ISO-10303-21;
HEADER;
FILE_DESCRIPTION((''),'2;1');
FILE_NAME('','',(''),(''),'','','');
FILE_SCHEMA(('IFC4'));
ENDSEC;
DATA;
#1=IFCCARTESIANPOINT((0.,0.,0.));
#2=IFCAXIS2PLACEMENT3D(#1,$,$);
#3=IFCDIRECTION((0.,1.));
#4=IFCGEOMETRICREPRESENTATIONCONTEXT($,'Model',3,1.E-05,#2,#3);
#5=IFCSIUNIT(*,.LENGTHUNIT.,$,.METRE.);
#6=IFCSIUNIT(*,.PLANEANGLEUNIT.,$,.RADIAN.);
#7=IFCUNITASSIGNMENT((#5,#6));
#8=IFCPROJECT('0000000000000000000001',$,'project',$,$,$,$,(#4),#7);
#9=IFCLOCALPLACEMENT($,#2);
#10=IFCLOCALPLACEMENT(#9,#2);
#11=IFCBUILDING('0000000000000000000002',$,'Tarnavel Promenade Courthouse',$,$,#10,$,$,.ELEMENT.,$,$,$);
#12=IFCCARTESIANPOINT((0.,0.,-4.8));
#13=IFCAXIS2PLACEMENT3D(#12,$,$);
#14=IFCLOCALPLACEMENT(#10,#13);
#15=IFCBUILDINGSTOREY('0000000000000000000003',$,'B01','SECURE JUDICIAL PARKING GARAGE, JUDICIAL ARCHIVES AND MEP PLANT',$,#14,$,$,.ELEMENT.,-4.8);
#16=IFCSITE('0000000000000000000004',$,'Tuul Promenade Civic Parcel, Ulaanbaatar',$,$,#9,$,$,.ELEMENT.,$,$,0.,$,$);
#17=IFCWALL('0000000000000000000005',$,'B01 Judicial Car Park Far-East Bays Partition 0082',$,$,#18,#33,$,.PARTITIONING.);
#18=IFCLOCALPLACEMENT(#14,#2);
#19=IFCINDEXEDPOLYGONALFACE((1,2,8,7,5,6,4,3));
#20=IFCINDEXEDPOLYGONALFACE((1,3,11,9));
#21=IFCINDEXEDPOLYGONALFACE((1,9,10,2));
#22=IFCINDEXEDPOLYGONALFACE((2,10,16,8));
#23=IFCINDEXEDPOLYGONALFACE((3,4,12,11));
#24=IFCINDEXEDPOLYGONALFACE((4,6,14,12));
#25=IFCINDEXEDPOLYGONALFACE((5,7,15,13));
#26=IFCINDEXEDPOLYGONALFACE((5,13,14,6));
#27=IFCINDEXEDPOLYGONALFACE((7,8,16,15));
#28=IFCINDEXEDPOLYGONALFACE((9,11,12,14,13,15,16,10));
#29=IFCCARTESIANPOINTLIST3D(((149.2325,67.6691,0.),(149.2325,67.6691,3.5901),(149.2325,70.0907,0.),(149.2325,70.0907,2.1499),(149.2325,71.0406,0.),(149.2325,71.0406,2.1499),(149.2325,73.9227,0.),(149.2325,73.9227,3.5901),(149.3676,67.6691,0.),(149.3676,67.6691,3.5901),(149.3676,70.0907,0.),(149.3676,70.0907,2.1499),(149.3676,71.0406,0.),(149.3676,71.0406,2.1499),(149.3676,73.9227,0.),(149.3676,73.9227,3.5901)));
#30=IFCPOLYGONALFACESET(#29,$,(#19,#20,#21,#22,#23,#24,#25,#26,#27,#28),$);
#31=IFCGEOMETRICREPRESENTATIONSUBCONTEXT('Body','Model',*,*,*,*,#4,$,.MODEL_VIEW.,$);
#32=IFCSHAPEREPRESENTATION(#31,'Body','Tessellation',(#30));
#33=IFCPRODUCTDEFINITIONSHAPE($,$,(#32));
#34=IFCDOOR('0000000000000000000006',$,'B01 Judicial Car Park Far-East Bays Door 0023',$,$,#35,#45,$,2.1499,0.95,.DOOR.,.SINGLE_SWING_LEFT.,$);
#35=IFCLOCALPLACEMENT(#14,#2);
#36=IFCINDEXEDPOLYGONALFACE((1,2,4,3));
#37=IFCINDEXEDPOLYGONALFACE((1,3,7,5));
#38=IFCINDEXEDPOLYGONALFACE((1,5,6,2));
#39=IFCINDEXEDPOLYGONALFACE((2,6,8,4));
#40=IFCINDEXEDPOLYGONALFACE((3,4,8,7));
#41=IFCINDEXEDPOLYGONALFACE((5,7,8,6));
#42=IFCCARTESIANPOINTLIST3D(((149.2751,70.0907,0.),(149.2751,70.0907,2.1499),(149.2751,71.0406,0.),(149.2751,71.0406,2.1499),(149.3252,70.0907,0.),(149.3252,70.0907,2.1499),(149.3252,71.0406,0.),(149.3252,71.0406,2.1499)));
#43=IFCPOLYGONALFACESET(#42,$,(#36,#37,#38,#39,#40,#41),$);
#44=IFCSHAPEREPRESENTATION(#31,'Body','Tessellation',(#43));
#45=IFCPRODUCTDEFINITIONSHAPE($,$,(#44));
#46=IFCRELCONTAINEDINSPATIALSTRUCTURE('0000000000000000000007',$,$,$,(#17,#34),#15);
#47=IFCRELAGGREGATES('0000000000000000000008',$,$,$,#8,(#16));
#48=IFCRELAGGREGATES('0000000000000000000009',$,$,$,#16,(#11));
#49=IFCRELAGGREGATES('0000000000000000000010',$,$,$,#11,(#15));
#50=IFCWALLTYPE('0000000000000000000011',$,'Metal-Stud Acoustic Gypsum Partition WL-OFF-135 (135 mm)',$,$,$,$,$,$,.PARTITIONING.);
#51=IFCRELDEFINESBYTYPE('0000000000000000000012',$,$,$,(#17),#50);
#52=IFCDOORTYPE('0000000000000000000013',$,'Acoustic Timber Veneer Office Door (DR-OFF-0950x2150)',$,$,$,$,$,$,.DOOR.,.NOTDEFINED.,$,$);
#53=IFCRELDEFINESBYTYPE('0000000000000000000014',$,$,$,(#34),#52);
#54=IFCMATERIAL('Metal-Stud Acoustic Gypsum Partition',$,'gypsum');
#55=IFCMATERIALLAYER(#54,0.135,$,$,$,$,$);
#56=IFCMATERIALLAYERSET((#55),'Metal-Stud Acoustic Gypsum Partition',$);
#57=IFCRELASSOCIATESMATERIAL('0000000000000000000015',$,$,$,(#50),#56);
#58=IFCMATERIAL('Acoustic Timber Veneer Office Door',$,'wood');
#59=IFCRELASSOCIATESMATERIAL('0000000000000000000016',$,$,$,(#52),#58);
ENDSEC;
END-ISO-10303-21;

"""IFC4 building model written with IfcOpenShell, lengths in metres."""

from ifc_helpers import new_model, si_unit, direction, frame, frame_2d, origin, place, context, subcontext, project, spatial, rectangle, extrude, material, layer, layer_set, type_object, element, fill, save


model = new_model("IFC4")

# Units and contexts
model_context = context("Model", 3, precision=1e-05, world=origin(), true_north=direction((0.0, 1.0)))
body_context = subcontext(model_context, "Body", "Model", "MODEL_VIEW")
ifc_project = project(units=[si_unit("LENGTHUNIT", "METRE"), si_unit("PLANEANGLEUNIT", "RADIAN")], contexts=[model_context])

# Site, building, storey
site_placement = place(None, origin())
site = spatial("IfcSite", under=ifc_project, at=site_placement, Name="Tuul Promenade Civic Parcel, Ulaanbaatar", CompositionType="ELEMENT", RefElevation=0.0)
building_placement = place(site_placement, origin())
building = spatial("IfcBuilding", under=site, at=building_placement, Name="Tarnavel Promenade Courthouse", CompositionType="ELEMENT")
storey_placement = place(building_placement, frame((0.0, 0.0, -4.8)))
storey = spatial("IfcBuildingStorey", under=building, at=storey_placement, Name="B01", Description="SECURE JUDICIAL PARKING GARAGE, JUDICIAL ARCHIVES AND MEP PLANT", CompositionType="ELEMENT", Elevation=-4.8)

# Shared definitions
ifc_material_1 = material(Name="Metal-Stud Acoustic Gypsum Partition", Category="gypsum")
ifc_layer_1 = layer(ifc_material_1, 0.135)
ifc_layer_set_1 = layer_set([ifc_layer_1], Name="Metal-Stud Acoustic Gypsum Partition")
wall_type_1 = type_object("IfcWallType", Name="Metal-Stud Acoustic Gypsum Partition WL-OFF-135 (135 mm)", PredefinedType="PARTITIONING", material=ifc_layer_set_1)

# Wall, opening, door
wall_1_placement = place(storey_placement, frame((149.3, 67.6689, 0.0), z_axis=(0.0, 0.0, 1.0), x_axis=(0.0, 1.0, 0.0)))
wall_1 = element("IfcWall", 1, at=wall_1_placement, inside=storey, type_object=wall_type_1, Name="B01 Judicial Car Park Far-East Bays Partition 0082", PredefinedType="PARTITIONING", context=body_context, shape_type="SweptSolid", body=[
    extrude(rectangle(XDim=6.2537, YDim=0.135, at=frame_2d((3.127, 0.0))), origin(), (0.0, 0.0, 1.0), 3.5901),
])
opening_placement = place(wall_1_placement, frame((2.4216, 0.0, 0.0)))
opening = element("IfcOpeningElement", 2, at=opening_placement, cuts=wall_1, PredefinedType="OPENING", context=body_context, shape_type="SweptSolid", body=[
    extrude(rectangle(XDim=0.95, YDim=2.1499, at=frame_2d((0.4751, 1.075))), frame((0.0, 0.0774, 0.0), z_axis=(0.0, -1.0, 0.0), x_axis=(1.0, 0.0, 0.0)), (0.0, 0.0, 1.0), 0.155),
])
ifc_material_2 = material(Name="Acoustic Timber Veneer Office Door", Category="wood")
door_type = type_object("IfcDoorType", Name="Acoustic Timber Veneer Office Door (DR-OFF-0950x2150)", OperationType="NOTDEFINED", PredefinedType="DOOR", material=ifc_material_2)
door_placement = place(opening_placement, origin())
door = element("IfcDoor", 3, at=door_placement, inside=storey, type_object=door_type, Name="B01 Judicial Car Park Far-East Bays Door 0023", OperationType="SINGLE_SWING_LEFT", OverallHeight=2.1499, OverallWidth=0.95, PredefinedType="DOOR", context=body_context, shape_type="SweptSolid", body=[
    extrude(rectangle(XDim=0.95, YDim=2.1499, at=frame_2d((0.4751, 1.075))), frame((0.0, 0.0249, 0.0), z_axis=(0.0, -1.0, 0.0), x_axis=(1.0, 0.0, 0.0)), (0.0, 0.0, 1.0), 0.05),
])
fill(opening, door)

save(model, "model.ifc")
